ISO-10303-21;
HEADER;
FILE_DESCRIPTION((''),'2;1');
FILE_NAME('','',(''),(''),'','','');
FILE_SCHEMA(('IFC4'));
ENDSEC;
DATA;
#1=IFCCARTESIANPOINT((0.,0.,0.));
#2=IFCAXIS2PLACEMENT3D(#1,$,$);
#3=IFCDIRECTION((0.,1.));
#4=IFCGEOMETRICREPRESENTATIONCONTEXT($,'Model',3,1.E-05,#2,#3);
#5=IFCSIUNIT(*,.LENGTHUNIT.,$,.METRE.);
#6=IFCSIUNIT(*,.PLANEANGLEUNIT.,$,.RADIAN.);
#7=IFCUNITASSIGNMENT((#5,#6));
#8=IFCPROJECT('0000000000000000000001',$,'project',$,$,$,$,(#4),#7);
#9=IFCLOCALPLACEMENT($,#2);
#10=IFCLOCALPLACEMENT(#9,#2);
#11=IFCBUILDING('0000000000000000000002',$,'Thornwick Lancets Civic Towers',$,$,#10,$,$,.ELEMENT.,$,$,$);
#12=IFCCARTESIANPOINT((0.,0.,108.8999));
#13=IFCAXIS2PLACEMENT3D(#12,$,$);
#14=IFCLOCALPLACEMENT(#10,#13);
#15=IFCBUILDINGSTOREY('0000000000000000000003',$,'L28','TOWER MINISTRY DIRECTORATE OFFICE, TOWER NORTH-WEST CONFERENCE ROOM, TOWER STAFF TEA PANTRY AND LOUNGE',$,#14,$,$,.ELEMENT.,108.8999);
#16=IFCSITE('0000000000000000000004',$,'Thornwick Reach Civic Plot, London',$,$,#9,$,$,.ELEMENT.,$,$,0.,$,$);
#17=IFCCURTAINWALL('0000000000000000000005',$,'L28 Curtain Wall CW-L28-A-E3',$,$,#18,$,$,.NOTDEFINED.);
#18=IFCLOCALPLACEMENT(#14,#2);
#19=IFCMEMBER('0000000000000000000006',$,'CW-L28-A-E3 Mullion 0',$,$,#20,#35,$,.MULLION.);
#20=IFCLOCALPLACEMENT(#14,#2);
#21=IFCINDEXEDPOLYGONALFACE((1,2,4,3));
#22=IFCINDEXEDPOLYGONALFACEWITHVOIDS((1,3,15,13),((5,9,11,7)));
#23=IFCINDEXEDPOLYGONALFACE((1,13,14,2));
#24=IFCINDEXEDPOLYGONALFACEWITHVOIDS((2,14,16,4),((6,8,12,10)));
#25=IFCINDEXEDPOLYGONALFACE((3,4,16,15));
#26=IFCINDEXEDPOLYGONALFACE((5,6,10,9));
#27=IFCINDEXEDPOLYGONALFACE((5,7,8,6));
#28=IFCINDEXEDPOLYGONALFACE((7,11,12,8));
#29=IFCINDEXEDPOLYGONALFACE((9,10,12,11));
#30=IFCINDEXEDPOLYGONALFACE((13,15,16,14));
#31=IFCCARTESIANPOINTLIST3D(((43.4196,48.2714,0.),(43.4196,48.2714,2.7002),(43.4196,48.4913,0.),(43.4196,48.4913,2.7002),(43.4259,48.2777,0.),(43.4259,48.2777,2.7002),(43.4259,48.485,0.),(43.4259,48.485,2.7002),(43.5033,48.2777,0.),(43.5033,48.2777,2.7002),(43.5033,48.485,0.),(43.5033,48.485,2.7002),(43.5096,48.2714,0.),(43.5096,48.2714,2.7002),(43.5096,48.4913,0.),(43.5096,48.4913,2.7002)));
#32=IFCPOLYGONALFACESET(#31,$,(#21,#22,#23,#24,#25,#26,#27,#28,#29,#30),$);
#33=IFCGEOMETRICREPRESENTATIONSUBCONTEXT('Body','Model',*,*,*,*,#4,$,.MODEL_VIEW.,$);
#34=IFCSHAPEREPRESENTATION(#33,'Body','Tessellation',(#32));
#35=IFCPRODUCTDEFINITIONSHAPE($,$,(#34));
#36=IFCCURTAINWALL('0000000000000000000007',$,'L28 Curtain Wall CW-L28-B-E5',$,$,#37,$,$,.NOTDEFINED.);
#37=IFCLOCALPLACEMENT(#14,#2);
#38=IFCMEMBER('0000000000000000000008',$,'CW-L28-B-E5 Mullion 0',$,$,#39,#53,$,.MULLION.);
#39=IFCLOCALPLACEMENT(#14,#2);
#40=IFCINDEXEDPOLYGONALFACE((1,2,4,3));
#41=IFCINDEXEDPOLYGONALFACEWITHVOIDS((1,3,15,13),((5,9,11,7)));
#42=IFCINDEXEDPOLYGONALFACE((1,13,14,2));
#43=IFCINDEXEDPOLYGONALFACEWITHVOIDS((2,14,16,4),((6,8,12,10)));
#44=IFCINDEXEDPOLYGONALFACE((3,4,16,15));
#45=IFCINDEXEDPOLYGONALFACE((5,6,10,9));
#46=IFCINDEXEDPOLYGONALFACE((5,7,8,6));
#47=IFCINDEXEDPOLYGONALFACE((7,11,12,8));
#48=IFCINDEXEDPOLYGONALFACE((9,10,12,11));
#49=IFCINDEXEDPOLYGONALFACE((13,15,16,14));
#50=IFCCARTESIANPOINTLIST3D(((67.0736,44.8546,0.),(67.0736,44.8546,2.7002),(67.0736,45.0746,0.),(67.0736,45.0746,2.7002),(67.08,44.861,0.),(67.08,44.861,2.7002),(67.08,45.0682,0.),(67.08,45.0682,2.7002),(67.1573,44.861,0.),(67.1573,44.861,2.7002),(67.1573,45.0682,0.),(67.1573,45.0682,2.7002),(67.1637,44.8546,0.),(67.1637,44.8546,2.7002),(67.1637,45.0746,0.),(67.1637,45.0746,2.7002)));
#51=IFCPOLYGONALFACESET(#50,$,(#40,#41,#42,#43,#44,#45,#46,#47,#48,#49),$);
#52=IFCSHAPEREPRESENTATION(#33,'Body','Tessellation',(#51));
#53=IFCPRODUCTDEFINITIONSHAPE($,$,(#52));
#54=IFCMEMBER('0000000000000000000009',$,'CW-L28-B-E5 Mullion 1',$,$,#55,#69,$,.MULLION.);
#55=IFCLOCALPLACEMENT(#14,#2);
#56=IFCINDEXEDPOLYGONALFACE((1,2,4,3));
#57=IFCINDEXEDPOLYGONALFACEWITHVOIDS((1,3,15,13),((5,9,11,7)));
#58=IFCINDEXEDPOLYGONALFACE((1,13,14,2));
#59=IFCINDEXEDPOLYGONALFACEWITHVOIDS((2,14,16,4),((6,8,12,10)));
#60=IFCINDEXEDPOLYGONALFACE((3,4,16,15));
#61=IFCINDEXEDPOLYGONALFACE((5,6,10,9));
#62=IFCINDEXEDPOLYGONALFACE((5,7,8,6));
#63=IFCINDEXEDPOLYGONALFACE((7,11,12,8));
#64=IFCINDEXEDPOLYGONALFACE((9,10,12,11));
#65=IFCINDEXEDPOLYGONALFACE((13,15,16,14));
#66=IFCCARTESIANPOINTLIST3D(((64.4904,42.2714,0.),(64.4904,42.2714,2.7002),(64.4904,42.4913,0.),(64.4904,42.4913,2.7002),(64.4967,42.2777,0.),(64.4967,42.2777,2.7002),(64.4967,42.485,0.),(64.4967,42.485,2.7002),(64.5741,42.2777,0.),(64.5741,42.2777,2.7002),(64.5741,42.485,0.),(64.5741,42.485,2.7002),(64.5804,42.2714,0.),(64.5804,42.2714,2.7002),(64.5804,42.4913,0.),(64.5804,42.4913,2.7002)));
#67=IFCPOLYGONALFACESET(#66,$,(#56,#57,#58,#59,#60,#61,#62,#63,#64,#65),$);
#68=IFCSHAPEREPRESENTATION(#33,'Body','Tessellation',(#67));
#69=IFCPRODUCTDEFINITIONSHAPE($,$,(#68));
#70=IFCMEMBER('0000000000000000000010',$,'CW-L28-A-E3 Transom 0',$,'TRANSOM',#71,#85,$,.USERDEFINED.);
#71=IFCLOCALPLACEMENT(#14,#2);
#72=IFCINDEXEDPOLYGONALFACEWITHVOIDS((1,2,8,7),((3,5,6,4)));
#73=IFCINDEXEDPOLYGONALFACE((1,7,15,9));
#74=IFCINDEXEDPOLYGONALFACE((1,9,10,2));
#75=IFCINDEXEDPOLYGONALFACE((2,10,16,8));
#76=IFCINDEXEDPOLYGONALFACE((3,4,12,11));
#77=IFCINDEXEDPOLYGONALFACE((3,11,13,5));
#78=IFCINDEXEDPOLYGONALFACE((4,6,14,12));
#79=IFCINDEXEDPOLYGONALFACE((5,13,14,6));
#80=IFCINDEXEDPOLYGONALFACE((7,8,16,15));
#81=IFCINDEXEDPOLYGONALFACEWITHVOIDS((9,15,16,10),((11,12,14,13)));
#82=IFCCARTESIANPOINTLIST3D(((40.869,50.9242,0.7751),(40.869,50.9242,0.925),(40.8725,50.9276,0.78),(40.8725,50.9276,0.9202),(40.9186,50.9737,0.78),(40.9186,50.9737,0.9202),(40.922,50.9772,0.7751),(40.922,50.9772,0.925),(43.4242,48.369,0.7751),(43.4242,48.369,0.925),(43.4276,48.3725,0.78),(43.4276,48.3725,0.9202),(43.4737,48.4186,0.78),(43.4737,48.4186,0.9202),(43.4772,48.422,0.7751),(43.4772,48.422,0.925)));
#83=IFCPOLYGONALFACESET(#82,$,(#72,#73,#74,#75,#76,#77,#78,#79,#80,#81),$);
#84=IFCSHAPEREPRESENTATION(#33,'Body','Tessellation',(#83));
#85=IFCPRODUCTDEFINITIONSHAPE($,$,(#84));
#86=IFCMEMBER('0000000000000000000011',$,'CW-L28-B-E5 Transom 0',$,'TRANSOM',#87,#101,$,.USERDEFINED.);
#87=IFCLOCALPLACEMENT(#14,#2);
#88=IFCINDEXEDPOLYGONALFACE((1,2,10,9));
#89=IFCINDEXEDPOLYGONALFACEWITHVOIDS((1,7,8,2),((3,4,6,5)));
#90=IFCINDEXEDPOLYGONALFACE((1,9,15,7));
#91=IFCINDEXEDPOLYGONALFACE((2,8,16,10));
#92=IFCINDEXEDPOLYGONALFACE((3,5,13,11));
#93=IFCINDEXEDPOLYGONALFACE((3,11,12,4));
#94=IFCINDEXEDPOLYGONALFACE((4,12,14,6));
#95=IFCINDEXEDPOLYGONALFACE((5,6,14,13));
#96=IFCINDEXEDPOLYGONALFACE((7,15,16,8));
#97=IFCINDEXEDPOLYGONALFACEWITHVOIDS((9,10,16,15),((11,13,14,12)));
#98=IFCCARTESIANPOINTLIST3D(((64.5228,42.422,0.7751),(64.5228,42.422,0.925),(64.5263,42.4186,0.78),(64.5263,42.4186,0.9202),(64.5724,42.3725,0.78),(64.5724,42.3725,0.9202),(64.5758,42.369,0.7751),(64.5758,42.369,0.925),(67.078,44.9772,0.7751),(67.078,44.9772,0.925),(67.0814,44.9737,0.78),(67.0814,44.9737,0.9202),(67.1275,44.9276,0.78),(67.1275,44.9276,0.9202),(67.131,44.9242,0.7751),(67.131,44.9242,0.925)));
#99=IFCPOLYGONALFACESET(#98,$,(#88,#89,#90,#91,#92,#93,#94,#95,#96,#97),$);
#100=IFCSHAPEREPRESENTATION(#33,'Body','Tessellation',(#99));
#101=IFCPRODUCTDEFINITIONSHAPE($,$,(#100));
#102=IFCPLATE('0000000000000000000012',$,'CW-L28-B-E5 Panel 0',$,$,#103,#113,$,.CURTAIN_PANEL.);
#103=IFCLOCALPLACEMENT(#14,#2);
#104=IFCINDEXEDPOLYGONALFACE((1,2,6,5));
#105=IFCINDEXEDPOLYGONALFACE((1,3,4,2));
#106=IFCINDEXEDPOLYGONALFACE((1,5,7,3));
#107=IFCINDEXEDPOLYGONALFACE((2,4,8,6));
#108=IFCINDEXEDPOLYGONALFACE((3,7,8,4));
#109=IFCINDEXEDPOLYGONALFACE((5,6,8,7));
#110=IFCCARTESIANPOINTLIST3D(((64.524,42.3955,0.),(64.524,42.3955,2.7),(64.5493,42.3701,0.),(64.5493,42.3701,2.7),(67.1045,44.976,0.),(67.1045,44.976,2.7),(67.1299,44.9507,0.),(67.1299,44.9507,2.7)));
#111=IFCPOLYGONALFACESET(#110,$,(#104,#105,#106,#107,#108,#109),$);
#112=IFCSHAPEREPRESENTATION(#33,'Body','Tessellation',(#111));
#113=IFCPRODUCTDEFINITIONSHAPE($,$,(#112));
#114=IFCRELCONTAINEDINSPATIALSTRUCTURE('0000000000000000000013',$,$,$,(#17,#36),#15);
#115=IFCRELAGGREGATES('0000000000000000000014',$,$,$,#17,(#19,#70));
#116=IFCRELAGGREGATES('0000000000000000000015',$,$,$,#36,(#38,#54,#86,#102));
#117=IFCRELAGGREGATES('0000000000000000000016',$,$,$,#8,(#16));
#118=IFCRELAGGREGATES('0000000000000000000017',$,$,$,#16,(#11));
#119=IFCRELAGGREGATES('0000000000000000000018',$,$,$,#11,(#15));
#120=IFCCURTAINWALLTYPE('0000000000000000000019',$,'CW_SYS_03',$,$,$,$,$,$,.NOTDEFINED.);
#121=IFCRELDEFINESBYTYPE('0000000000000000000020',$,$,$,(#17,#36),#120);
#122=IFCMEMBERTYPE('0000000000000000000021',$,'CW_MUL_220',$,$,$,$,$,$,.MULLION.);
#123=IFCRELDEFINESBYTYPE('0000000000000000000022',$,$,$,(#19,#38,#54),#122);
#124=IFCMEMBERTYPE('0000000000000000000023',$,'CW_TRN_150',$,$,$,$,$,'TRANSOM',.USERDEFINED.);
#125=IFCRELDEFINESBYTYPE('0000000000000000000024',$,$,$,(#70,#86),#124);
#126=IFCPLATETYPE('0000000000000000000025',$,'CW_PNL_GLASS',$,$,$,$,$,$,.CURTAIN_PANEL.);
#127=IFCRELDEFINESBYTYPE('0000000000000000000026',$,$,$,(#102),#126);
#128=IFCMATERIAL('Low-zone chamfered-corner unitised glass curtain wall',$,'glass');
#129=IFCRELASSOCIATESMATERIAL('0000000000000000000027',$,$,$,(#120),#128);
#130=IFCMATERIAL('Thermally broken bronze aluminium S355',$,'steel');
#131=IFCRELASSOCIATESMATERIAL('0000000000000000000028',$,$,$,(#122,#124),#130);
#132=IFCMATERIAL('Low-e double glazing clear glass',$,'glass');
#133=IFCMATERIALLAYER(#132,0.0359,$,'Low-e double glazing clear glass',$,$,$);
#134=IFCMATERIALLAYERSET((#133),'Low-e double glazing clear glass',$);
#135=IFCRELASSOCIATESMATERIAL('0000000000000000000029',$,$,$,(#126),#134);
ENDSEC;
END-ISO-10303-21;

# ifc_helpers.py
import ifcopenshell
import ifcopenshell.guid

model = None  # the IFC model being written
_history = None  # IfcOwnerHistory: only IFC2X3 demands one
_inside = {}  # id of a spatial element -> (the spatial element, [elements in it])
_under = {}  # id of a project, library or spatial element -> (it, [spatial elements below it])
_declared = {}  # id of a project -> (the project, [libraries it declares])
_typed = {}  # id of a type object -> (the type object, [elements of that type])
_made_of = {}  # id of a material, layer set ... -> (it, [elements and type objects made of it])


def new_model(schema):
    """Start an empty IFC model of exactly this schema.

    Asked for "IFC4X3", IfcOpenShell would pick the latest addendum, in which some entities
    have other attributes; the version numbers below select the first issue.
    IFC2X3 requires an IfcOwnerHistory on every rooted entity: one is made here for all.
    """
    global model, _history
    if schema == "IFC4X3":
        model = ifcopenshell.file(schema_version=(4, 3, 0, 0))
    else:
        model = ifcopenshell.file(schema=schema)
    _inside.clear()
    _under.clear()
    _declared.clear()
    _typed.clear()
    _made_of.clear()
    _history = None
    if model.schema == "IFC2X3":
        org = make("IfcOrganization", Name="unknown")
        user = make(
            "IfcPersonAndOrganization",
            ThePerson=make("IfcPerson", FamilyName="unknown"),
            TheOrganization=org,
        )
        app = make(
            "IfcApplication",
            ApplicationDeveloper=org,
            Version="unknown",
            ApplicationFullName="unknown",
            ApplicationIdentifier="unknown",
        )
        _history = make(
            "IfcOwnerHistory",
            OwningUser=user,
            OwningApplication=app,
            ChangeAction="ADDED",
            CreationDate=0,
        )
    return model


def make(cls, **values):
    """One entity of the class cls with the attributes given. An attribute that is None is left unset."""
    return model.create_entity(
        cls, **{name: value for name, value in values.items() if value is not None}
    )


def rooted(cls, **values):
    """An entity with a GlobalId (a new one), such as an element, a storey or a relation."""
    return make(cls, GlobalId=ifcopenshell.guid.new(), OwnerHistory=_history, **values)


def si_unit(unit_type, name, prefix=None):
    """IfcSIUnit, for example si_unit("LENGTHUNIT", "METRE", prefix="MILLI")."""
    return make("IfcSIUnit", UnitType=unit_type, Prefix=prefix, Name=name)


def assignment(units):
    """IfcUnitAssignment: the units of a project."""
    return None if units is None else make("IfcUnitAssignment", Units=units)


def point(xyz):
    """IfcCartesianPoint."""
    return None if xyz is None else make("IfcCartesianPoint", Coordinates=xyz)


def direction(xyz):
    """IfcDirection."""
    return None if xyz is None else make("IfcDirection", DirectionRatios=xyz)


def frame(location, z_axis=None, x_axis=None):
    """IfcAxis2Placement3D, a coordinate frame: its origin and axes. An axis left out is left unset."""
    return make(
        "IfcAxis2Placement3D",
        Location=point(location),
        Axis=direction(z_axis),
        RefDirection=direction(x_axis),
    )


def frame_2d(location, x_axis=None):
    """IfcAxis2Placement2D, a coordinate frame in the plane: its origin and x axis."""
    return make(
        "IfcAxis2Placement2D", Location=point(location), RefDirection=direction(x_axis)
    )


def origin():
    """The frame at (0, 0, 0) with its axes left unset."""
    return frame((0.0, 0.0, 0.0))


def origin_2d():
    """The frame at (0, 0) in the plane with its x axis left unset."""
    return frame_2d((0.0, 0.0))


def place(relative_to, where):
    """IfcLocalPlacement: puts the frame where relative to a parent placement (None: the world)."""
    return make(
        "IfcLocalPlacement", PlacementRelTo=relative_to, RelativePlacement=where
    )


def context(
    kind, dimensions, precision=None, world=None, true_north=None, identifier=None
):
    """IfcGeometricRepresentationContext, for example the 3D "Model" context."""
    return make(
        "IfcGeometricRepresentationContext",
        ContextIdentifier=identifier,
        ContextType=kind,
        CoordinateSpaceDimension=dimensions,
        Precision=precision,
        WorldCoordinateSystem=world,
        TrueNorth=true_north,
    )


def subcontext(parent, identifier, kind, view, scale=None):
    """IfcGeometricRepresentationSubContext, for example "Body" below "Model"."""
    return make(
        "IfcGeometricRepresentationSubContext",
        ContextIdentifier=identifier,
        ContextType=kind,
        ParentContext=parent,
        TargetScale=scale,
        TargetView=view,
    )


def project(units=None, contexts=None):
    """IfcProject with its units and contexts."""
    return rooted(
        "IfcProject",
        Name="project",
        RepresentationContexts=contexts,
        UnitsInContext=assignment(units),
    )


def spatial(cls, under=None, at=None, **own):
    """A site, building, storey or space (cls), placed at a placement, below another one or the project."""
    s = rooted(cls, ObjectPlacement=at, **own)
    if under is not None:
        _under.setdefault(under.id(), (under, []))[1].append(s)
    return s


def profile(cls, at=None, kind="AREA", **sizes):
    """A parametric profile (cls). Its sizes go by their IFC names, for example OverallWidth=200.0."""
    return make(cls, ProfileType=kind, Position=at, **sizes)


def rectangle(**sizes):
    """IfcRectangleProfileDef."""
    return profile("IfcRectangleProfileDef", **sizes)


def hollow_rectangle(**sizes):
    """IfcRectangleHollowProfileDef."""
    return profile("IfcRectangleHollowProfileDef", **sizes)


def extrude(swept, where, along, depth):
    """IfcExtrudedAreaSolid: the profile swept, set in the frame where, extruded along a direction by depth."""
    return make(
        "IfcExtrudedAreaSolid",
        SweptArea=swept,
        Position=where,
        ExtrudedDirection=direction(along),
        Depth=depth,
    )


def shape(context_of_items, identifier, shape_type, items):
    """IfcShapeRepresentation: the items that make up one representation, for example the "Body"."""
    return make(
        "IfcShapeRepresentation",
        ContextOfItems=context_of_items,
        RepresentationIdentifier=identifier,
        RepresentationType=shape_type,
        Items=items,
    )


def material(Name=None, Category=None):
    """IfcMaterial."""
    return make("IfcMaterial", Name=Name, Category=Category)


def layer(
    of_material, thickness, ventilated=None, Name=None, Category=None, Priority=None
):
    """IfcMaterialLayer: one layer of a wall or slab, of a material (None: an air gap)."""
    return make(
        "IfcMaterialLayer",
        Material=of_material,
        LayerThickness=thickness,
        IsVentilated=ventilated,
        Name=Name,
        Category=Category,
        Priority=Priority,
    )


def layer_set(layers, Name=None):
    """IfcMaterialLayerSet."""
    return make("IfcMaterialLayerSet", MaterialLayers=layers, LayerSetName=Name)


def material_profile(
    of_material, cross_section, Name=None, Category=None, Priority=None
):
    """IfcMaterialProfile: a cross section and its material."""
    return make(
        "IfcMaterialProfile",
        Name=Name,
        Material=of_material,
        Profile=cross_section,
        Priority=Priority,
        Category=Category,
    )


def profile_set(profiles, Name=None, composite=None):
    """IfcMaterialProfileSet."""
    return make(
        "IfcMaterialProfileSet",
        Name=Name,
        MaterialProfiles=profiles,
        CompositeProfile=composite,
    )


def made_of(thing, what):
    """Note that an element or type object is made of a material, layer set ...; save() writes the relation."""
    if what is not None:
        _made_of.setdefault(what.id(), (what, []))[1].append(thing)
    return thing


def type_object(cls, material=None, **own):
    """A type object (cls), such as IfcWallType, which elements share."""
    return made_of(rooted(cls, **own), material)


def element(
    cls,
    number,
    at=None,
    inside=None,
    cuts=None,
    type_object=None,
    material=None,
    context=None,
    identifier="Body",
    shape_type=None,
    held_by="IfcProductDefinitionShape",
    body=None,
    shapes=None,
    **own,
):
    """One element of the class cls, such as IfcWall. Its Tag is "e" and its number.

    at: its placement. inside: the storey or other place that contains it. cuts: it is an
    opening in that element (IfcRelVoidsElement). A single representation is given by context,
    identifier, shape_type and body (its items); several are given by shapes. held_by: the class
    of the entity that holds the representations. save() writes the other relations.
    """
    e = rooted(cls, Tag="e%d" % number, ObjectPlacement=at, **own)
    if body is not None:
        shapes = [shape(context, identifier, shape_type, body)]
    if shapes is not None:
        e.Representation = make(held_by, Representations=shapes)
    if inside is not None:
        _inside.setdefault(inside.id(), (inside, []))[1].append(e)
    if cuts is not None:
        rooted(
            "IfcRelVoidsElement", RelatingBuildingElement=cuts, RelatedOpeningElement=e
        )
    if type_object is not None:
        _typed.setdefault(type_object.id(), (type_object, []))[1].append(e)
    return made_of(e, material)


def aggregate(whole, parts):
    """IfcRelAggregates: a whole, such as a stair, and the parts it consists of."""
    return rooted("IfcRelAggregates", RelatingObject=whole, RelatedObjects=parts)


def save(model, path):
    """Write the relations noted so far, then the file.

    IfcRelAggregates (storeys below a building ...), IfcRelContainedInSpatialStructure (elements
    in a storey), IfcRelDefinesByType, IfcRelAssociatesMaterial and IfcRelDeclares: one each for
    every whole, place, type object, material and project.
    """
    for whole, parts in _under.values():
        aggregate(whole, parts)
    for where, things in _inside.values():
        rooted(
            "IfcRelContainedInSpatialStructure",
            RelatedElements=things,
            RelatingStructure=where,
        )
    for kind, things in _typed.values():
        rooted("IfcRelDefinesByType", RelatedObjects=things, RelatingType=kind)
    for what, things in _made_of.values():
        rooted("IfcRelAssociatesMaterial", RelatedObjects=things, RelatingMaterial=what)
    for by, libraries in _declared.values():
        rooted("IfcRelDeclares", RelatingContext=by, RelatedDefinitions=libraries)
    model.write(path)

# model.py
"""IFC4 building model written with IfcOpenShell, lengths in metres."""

from ifc_helpers import new_model, si_unit, direction, frame, origin, origin_2d, place, context, subcontext, project, spatial, rectangle, hollow_rectangle, extrude, material, layer, layer_set, material_profile, profile_set, type_object, element, aggregate, save


model = new_model("IFC4")

# Units and contexts
model_context = context("Model", 3, precision=1e-05, world=origin(), true_north=direction((0.0, 1.0)))
body_context = subcontext(model_context, "Body", "Model", "MODEL_VIEW")
ifc_project = project(units=[si_unit("LENGTHUNIT", "METRE"), si_unit("PLANEANGLEUNIT", "RADIAN")], contexts=[model_context])

# Site, building, storey
site_placement = place(None, origin())
site = spatial("IfcSite", under=ifc_project, at=site_placement, Name="Thornwick Reach Civic Plot, London", CompositionType="ELEMENT", RefElevation=0.0)
building_placement = place(site_placement, origin())
building = spatial("IfcBuilding", under=site, at=building_placement, Name="Thornwick Lancets Civic Towers", CompositionType="ELEMENT")
storey_placement = place(building_placement, frame((0.0, 0.0, 108.8999)))
storey = spatial("IfcBuildingStorey", under=building, at=storey_placement, Name="L28", Description="TOWER MINISTRY DIRECTORATE OFFICE, TOWER NORTH-WEST CONFERENCE ROOM, TOWER STAFF TEA PANTRY AND LOUNGE", CompositionType="ELEMENT", Elevation=108.8999)

# Curtain wall, member
ifc_material_1 = material(Name="Low-zone chamfered-corner unitised glass curtain wall", Category="glass")
curtain_wall_type = type_object("IfcCurtainWallType", Name="CW_SYS_03", PredefinedType="NOTDEFINED", material=ifc_material_1)
curtain_wall_1_placement = place(storey_placement, origin())
curtain_wall_1 = element("IfcCurtainWall", 1, at=curtain_wall_1_placement, inside=storey, type_object=curtain_wall_type, Name="L28 Curtain Wall CW-L28-A-E3", PredefinedType="NOTDEFINED")
ifc_material_2 = material(Name="Thermally broken bronze aluminium S355", Category="steel")
ifc_material_profile_1 = material_profile(ifc_material_2, hollow_rectangle(XDim=0.0901, YDim=0.22, WallThickness=0.0063, at=origin_2d()), Name="RHS 220x90x6.3")
ifc_profile_set_1 = profile_set([ifc_material_profile_1], Name="Thermally broken bronze aluminium S355")
member_type_1 = type_object("IfcMemberType", Name="CW_MUL_220", PredefinedType="MULLION", material=ifc_profile_set_1)
member_1_placement = place(storey_placement, frame((43.4646, 48.3813, 0.0), z_axis=(0.0, 0.0, 1.0), x_axis=(1.0, 0.0, 0.0)))
member_1 = element("IfcMember", 2, at=member_1_placement, type_object=member_type_1, Name="CW-L28-A-E3 Mullion 0", PredefinedType="MULLION", context=body_context, shape_type="SweptSolid", body=[
    extrude(hollow_rectangle(XDim=0.0901, YDim=0.22, WallThickness=0.0063, at=origin_2d()), origin(), (0.0, 0.0, 1.0), 2.7002),
])

# Curtain wall, members
curtain_wall_2_placement = place(storey_placement, origin())
curtain_wall_2 = element("IfcCurtainWall", 3, at=curtain_wall_2_placement, inside=storey, type_object=curtain_wall_type, Name="L28 Curtain Wall CW-L28-B-E5", PredefinedType="NOTDEFINED")
member_2_placement = place(storey_placement, frame((67.1187, 44.9646, 0.0), z_axis=(0.0, 0.0, 1.0), x_axis=(1.0, 0.0, 0.0)))
member_2 = element("IfcMember", 4, at=member_2_placement, type_object=member_type_1, Name="CW-L28-B-E5 Mullion 0", PredefinedType="MULLION", context=body_context, shape_type="SweptSolid", body=[
    extrude(hollow_rectangle(XDim=0.0901, YDim=0.22, WallThickness=0.0063, at=origin_2d()), origin(), (0.0, 0.0, 1.0), 2.7002),
])
member_3_placement = place(storey_placement, frame((64.5354, 42.3813, 0.0), z_axis=(0.0, 0.0, 1.0), x_axis=(1.0, 0.0, 0.0)))
member_3 = element("IfcMember", 5, at=member_3_placement, type_object=member_type_1, Name="CW-L28-B-E5 Mullion 1", PredefinedType="MULLION", context=body_context, shape_type="SweptSolid", body=[
    extrude(hollow_rectangle(XDim=0.0901, YDim=0.22, WallThickness=0.0063, at=origin_2d()), origin(), (0.0, 0.0, 1.0), 2.7002),
])

# Members
ifc_material_profile_2 = material_profile(ifc_material_2, hollow_rectangle(XDim=0.075, YDim=0.1499, WallThickness=0.0049, at=origin_2d()), Name="RHS 150x75x5")
ifc_profile_set_2 = profile_set([ifc_material_profile_2], Name="Thermally broken bronze aluminium S355")
member_type_2 = type_object("IfcMemberType", Name="CW_TRN_150", ElementType="TRANSOM", PredefinedType="USERDEFINED", material=ifc_profile_set_2)
member_4_placement = place(storey_placement, frame((43.4507, 48.3955, 0.8501), z_axis=(-0.707107, 0.707107, 0.0), x_axis=(-0.707107, -0.707107, 0.0)))
member_4 = element("IfcMember", 6, at=member_4_placement, type_object=member_type_2, Name="CW-L28-A-E3 Transom 0", ObjectType="TRANSOM", PredefinedType="USERDEFINED", context=body_context, shape_type="SweptSolid", body=[
    extrude(hollow_rectangle(XDim=0.075, YDim=0.1499, WallThickness=0.0049, at=origin_2d()), origin(), (0.0, 0.0, 1.0), 3.6135),
])
aggregate(curtain_wall_1, [member_1, member_4])
member_5_placement = place(storey_placement, frame((67.1045, 44.9507, 0.8501), z_axis=(-0.707107, -0.707107, 0.0), x_axis=(0.707107, -0.707107, 0.0)))
member_5 = element("IfcMember", 7, at=member_5_placement, type_object=member_type_2, Name="CW-L28-B-E5 Transom 0", ObjectType="TRANSOM", PredefinedType="USERDEFINED", context=body_context, shape_type="SweptSolid", body=[
    extrude(hollow_rectangle(XDim=0.075, YDim=0.1499, WallThickness=0.0049, at=origin_2d()), origin(), (0.0, 0.0, 1.0), 3.6135),
])

# Plate
ifc_material_3 = material(Name="Low-e double glazing clear glass", Category="glass")
ifc_layer_1 = layer(ifc_material_3, 0.0359, Name="Low-e double glazing clear glass")
ifc_layer_set_1 = layer_set([ifc_layer_1], Name="Low-e double glazing clear glass")
plate_type = type_object("IfcPlateType", Name="CW_PNL_GLASS", PredefinedType="CURTAIN_PANEL", material=ifc_layer_set_1)
plate_placement = place(storey_placement, frame((65.8269, 43.6731, 0.0), z_axis=(0.0, 0.0, 1.0), x_axis=(-0.707107, -0.707107, 0.0)))
plate = element("IfcPlate", 8, at=plate_placement, type_object=plate_type, Name="CW-L28-B-E5 Panel 0", PredefinedType="CURTAIN_PANEL", context=body_context, shape_type="SweptSolid", body=[
    extrude(rectangle(XDim=3.6494, YDim=0.0359, at=origin_2d()), origin(), (0.0, 0.0, 1.0), 2.7),
])
aggregate(curtain_wall_2, [member_2, member_3, member_5, plate])

save(model, "model.ifc")
